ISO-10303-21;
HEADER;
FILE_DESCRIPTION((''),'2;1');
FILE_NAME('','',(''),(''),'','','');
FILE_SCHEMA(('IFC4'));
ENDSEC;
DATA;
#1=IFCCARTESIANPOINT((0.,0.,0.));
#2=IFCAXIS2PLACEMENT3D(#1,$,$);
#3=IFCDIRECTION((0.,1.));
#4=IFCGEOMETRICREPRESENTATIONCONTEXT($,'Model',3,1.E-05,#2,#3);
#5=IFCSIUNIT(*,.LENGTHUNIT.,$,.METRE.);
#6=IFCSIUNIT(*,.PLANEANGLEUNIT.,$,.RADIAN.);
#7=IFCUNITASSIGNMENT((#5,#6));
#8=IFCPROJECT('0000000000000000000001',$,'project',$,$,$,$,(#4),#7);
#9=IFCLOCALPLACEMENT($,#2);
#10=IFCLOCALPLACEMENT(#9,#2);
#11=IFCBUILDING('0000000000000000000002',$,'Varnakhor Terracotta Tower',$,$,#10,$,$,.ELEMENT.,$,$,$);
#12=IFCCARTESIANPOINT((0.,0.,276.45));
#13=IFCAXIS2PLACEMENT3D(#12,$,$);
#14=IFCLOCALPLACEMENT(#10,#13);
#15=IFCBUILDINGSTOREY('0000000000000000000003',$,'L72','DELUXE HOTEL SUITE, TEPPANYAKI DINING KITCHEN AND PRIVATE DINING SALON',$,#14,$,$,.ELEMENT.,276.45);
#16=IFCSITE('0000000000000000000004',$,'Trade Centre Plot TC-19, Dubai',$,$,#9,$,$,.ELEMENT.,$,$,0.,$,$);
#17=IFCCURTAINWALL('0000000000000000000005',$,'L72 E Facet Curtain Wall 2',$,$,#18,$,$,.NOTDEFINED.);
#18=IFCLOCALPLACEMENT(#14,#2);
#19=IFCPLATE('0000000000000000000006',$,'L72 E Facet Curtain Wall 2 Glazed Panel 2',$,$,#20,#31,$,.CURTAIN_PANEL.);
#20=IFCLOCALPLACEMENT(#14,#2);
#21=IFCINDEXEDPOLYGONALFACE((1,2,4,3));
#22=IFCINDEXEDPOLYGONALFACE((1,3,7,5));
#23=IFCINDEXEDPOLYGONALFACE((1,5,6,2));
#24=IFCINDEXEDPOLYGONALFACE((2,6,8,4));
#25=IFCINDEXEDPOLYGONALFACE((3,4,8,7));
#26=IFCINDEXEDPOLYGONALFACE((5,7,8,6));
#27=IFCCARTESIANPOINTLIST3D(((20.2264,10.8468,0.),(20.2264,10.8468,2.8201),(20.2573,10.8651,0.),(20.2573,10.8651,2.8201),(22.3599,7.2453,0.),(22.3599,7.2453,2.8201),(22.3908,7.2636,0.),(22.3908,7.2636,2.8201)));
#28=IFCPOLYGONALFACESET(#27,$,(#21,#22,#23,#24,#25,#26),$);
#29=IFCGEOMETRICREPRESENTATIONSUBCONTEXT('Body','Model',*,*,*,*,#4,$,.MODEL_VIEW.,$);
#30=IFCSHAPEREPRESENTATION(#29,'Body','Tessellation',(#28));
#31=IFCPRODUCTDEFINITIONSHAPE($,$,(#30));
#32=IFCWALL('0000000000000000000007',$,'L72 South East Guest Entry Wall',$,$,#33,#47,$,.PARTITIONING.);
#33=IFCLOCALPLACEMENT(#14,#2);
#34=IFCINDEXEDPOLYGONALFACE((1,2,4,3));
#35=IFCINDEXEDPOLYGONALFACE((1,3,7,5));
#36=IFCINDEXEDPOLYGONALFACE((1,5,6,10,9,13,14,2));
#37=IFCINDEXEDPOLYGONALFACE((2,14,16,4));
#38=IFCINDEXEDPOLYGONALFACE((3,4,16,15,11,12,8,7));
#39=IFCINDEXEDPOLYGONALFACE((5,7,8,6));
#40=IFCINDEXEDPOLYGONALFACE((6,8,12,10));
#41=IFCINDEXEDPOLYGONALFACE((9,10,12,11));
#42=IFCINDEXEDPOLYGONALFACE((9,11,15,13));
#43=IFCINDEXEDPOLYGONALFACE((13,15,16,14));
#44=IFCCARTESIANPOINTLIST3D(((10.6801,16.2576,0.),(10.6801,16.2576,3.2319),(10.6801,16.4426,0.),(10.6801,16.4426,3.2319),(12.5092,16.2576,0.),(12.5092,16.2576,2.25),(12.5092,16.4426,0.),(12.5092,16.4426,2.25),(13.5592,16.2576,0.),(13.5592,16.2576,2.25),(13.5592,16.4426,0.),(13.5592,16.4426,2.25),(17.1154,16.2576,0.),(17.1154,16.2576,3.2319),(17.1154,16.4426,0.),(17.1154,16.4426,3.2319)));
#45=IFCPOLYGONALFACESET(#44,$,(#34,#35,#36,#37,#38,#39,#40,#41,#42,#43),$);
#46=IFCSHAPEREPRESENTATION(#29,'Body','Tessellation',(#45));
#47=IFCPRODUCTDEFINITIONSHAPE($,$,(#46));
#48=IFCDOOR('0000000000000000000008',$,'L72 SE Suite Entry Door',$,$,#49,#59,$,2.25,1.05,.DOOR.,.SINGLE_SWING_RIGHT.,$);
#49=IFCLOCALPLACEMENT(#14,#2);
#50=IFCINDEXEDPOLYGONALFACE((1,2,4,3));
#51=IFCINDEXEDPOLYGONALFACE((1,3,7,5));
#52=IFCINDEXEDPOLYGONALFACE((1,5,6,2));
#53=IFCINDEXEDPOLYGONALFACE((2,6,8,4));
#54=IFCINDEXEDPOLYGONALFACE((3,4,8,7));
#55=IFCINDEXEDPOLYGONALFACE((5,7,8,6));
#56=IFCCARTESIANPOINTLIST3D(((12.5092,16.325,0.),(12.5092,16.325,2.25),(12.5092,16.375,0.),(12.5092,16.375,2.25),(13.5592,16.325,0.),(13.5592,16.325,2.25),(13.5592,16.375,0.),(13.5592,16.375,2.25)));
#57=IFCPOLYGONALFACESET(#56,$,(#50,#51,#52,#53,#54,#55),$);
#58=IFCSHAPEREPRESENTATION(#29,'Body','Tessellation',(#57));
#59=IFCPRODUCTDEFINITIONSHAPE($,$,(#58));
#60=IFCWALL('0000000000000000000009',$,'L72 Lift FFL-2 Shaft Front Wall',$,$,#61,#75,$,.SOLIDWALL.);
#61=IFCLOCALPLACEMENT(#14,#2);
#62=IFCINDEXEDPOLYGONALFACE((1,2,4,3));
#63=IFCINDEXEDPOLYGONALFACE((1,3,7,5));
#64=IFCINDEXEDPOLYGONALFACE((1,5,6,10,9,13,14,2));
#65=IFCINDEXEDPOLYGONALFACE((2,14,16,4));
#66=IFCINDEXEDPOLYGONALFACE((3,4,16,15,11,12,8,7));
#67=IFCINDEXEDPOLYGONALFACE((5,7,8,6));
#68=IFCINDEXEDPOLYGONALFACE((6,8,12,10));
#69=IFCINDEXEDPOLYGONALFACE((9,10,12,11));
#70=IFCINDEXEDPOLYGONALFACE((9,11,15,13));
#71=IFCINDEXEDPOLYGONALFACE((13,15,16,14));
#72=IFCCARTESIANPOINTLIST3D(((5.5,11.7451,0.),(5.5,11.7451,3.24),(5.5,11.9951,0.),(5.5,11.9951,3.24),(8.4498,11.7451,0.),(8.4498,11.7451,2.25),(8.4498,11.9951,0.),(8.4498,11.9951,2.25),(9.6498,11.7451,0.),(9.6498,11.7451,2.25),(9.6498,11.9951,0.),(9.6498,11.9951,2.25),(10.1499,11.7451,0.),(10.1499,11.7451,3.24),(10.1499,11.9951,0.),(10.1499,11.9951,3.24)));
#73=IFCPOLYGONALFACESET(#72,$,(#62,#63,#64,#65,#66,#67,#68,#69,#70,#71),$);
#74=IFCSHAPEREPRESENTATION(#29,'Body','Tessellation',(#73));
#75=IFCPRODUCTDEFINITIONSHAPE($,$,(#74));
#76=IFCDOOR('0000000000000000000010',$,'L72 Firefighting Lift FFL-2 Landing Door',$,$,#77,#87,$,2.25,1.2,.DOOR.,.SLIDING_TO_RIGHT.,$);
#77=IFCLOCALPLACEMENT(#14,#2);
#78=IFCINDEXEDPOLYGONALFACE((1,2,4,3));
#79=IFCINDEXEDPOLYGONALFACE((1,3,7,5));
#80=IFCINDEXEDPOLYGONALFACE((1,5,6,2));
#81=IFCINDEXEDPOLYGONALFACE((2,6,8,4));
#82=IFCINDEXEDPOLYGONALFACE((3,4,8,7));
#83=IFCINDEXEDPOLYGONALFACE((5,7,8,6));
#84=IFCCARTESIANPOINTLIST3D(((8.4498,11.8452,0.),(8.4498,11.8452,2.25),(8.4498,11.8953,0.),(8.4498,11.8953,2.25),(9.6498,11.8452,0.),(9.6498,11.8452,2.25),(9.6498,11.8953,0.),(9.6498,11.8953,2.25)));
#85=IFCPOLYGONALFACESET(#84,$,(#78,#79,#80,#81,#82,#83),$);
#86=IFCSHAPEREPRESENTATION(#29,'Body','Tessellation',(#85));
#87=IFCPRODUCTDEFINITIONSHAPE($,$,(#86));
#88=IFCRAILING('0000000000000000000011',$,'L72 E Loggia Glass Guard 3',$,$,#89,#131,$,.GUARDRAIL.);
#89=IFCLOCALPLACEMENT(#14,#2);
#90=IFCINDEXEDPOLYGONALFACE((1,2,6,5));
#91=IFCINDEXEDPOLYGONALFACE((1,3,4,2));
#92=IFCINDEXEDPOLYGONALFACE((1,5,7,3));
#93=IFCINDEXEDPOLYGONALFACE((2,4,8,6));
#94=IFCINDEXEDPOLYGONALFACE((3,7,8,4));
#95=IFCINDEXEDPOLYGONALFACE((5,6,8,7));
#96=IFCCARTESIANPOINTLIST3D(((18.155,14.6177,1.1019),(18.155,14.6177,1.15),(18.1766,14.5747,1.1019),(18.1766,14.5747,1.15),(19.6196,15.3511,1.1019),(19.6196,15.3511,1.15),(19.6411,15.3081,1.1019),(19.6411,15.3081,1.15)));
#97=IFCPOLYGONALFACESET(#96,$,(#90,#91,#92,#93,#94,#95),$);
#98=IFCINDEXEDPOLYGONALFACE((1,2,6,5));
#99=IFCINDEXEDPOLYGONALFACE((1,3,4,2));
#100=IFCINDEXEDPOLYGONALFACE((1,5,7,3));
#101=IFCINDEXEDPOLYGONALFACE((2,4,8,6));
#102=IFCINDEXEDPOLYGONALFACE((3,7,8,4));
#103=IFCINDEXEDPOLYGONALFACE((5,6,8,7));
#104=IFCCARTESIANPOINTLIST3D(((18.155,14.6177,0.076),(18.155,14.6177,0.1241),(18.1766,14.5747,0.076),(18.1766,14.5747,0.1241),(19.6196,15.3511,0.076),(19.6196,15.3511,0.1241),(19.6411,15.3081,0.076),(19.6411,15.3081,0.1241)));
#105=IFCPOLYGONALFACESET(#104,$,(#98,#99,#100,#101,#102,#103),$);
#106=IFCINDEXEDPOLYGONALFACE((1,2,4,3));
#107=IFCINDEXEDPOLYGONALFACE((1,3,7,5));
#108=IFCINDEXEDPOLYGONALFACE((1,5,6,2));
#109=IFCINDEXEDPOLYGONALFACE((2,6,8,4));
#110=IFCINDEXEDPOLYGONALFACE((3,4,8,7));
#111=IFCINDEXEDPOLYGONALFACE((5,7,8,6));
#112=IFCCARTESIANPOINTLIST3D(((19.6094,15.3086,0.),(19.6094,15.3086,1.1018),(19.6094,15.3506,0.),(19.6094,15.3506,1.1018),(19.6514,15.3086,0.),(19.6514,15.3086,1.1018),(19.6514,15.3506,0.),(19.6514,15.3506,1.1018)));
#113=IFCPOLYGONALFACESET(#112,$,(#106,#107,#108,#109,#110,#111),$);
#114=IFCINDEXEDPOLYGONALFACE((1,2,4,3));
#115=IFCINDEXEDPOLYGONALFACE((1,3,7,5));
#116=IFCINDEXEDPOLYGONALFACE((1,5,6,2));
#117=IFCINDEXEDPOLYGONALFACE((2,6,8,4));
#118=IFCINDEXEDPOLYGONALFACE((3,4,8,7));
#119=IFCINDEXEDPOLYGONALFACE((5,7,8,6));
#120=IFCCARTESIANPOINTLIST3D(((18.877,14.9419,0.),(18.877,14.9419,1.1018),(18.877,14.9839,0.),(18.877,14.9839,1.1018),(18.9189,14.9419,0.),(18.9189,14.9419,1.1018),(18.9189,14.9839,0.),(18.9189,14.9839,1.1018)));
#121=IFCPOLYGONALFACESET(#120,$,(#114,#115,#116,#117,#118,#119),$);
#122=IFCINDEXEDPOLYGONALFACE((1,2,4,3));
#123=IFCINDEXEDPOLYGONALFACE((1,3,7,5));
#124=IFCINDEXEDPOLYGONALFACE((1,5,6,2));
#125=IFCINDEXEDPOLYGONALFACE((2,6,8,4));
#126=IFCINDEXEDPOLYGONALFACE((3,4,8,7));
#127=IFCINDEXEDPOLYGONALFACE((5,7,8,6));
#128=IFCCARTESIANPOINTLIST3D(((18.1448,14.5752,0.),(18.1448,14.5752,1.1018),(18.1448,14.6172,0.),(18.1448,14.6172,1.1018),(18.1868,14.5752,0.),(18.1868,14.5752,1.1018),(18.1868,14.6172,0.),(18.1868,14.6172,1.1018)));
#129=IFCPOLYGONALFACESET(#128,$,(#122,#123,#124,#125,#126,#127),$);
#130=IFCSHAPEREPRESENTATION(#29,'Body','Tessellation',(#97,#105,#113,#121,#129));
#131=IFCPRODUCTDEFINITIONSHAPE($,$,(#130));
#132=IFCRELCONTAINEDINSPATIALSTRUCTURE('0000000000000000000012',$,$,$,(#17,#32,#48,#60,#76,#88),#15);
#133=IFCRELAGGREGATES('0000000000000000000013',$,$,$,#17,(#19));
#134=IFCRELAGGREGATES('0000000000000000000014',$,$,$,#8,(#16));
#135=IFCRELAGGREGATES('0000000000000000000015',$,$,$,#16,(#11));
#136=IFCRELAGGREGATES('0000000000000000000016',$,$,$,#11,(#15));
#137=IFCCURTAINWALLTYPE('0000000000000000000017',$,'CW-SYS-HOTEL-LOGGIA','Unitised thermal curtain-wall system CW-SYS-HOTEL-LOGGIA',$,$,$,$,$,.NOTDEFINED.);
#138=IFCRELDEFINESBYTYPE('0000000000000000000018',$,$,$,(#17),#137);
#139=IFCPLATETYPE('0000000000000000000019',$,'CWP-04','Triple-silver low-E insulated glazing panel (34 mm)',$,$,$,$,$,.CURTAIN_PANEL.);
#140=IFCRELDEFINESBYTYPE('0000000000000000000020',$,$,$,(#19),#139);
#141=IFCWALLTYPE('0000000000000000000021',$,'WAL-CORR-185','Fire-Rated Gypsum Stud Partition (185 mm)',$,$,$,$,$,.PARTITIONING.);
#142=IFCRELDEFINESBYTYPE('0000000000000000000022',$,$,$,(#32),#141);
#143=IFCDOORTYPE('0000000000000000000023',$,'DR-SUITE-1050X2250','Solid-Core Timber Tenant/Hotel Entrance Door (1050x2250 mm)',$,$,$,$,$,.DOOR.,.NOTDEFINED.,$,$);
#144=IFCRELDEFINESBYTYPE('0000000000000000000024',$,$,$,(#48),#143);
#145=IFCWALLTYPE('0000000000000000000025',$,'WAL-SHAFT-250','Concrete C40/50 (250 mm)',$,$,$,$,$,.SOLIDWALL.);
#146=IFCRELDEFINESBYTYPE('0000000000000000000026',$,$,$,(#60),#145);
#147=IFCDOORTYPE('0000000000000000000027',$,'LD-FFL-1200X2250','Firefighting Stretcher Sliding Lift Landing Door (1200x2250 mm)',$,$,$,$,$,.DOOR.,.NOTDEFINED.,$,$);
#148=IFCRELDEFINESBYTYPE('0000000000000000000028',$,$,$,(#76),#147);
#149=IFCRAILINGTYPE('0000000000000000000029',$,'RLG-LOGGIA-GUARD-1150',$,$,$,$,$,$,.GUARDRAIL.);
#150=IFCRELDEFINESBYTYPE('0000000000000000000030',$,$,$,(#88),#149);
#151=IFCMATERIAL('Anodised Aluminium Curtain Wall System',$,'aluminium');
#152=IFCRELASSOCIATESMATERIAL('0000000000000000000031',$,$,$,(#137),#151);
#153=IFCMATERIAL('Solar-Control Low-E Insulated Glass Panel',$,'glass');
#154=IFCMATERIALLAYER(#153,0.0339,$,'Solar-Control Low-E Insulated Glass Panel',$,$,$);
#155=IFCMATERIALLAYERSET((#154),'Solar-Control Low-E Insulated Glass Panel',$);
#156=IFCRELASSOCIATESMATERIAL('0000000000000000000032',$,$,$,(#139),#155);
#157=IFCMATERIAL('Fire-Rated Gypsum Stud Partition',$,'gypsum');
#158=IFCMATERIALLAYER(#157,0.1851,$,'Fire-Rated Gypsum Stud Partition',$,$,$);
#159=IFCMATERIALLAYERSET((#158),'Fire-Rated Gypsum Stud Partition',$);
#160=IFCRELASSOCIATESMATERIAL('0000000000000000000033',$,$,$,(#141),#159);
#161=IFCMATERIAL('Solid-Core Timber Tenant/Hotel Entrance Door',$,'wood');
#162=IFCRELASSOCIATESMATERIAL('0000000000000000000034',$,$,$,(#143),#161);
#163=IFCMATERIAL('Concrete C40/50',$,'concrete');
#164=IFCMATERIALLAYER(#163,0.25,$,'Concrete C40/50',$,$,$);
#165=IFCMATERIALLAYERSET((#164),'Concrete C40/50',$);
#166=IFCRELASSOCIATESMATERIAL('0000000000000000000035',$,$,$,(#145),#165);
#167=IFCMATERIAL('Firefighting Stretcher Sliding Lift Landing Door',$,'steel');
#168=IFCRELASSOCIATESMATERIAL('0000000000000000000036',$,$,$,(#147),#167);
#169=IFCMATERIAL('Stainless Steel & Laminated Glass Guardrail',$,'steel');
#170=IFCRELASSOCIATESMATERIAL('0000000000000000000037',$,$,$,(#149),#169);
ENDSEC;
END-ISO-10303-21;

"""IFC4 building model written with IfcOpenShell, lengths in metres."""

from ifc_helpers import new_model, si_unit, direction, frame, frame_2d, origin, origin_2d, place, context, subcontext, project, spatial, rectangle, extrude, source, transform, mapped, material, layer, layer_set, type_object, type_shapes, element, fill, aggregate, save


model = new_model("IFC4")

# Units and contexts
model_context = context("Model", 3, precision=1e-05, world=origin(), true_north=direction((0.0, 1.0)))
body_context = subcontext(model_context, "Body", "Model", "MODEL_VIEW")
ifc_project = project(units=[si_unit("LENGTHUNIT", "METRE"), si_unit("PLANEANGLEUNIT", "RADIAN")], contexts=[model_context])

# Site, building, storey
site_placement = place(None, origin())
site = spatial("IfcSite", under=ifc_project, at=site_placement, Name="Trade Centre Plot TC-19, Dubai", CompositionType="ELEMENT", RefElevation=0.0)
building_placement = place(site_placement, origin())
building = spatial("IfcBuilding", under=site, at=building_placement, Name="Varnakhor Terracotta Tower", CompositionType="ELEMENT")
storey_placement = place(building_placement, frame((0.0, 0.0, 276.45)))
storey = spatial("IfcBuildingStorey", under=building, at=storey_placement, Name="L72", Description="DELUXE HOTEL SUITE, TEPPANYAKI DINING KITCHEN AND PRIVATE DINING SALON", CompositionType="ELEMENT", Elevation=276.45)

# Curtain wall
ifc_material_1 = material(Name="Anodised Aluminium Curtain Wall System", Category="aluminium")
curtain_wall_type = type_object("IfcCurtainWallType", Name="CW-SYS-HOTEL-LOGGIA", Description="Unitised thermal curtain-wall system CW-SYS-HOTEL-LOGGIA", PredefinedType="NOTDEFINED", material=ifc_material_1)
curtain_wall_placement = place(storey_placement, origin())
curtain_wall = element("IfcCurtainWall", 1, at=curtain_wall_placement, inside=storey, type_object=curtain_wall_type, Name="L72 E Facet Curtain Wall 2", PredefinedType="NOTDEFINED")

# Plate
ifc_material_2 = material(Name="Solar-Control Low-E Insulated Glass Panel", Category="glass")
ifc_layer_1 = layer(ifc_material_2, 0.0339, Name="Solar-Control Low-E Insulated Glass Panel")
ifc_layer_set_1 = layer_set([ifc_layer_1], Name="Solar-Control Low-E Insulated Glass Panel")
plate_type = type_object("IfcPlateType", Name="CWP-04", Description="Triple-silver low-E insulated glazing panel (34 mm)", PredefinedType="CURTAIN_PANEL", material=ifc_layer_set_1)
shared_shape_1 = source(origin(), body_context, "Body", "SweptSolid", [
    extrude(rectangle(XDim=4.186, YDim=0.0359, at=origin_2d()), origin(), (0.0, 0.0, 1.0), 2.8201),
])
plate_1_placement = place(storey_placement, frame((21.3086, 9.0552, 0.0), z_axis=(0.0, 0.0, 1.0), x_axis=(0.509672, -0.860369, 0.0)))
plate_1 = element("IfcPlate", 2, at=plate_1_placement, type_object=plate_type, Name="L72 E Facet Curtain Wall 2 Glazed Panel 2", PredefinedType="CURTAIN_PANEL", context=body_context, shape_type="MappedRepresentation", body=[
    mapped(shared_shape_1, transform((0.0, 0.0, 0.0), scale=1.0)),
])
aggregate(curtain_wall, [plate_1])

# Walls, openings, doors
ifc_material_3 = material(Name="Fire-Rated Gypsum Stud Partition", Category="gypsum")
ifc_layer_2 = layer(ifc_material_3, 0.1851, Name="Fire-Rated Gypsum Stud Partition")
ifc_layer_set_2 = layer_set([ifc_layer_2], Name="Fire-Rated Gypsum Stud Partition")
wall_type_1 = type_object("IfcWallType", Name="WAL-CORR-185", Description="Fire-Rated Gypsum Stud Partition (185 mm)", PredefinedType="PARTITIONING", material=ifc_layer_set_2)
wall_1_placement = place(storey_placement, frame((10.6799, 16.3501, 0.0), z_axis=(0.0, 0.0, 1.0), x_axis=(1.0, 0.0, 0.0)))
wall_1 = element("IfcWall", 3, at=wall_1_placement, inside=storey, type_object=wall_type_1, Name="L72 South East Guest Entry Wall", PredefinedType="PARTITIONING", context=body_context, shape_type="SweptSolid", body=[
    extrude(rectangle(XDim=6.4353, YDim=0.1851, at=frame_2d((3.2178, 0.0))), origin(), (0.0, 0.0, 1.0), 3.2319),
])
opening_1_placement = place(wall_1_placement, frame((1.8293, 0.0, 0.0)))
opening_1 = element("IfcOpeningElement", 4, at=opening_1_placement, cuts=wall_1, PredefinedType="OPENING", context=body_context, shape_type="SweptSolid", body=[
    extrude(rectangle(XDim=1.05, YDim=2.25, at=frame_2d((0.5249, 1.125))), frame((0.0, 0.1025, 0.0), z_axis=(0.0, -1.0, 0.0), x_axis=(1.0, 0.0, 0.0)), (0.0, 0.0, 1.0), 0.2051),
])
ifc_material_4 = material(Name="Solid-Core Timber Tenant/Hotel Entrance Door", Category="wood")
door_type_1 = type_object("IfcDoorType", Name="DR-SUITE-1050X2250", Description="Solid-Core Timber Tenant/Hotel Entrance Door (1050x2250 mm)", OperationType="NOTDEFINED", PredefinedType="DOOR", material=ifc_material_4)
shared_shape_2 = source(origin(), body_context, "Body", "SweptSolid", [
    extrude(rectangle(XDim=1.05, YDim=2.25, at=frame_2d((0.5249, 1.125))), frame((0.0, 0.0249, 0.0), z_axis=(0.0, -1.0, 0.0), x_axis=(1.0, 0.0, 0.0)), (0.0, 0.0, 1.0), 0.05),
])
type_shapes(door_type_1, [shared_shape_2])
door_1_placement = place(opening_1_placement, origin())
door_1 = element("IfcDoor", 5, at=door_1_placement, inside=storey, type_object=door_type_1, Name="L72 SE Suite Entry Door", OperationType="SINGLE_SWING_RIGHT", OverallHeight=2.25, OverallWidth=1.05, PredefinedType="DOOR", context=body_context, shape_type="MappedRepresentation", body=[
    mapped(shared_shape_2, transform((0.0, 0.0, 0.0), scale=1.0)),
])
fill(opening_1, door_1)
ifc_material_5 = material(Name="Concrete C40/50", Category="concrete")
ifc_layer_3 = layer(ifc_material_5, 0.25, Name="Concrete C40/50")
ifc_layer_set_3 = layer_set([ifc_layer_3], Name="Concrete C40/50")
wall_type_2 = type_object("IfcWallType", Name="WAL-SHAFT-250", Description="Concrete C40/50 (250 mm)", PredefinedType="SOLIDWALL", material=ifc_layer_set_3)
wall_2_placement = place(storey_placement, frame((10.1499, 11.8701, 0.0), z_axis=(0.0, 0.0, 1.0), x_axis=(-1.0, 0.0, 0.0)))
wall_2 = element("IfcWall", 6, at=wall_2_placement, inside=storey, type_object=wall_type_2, Name="L72 Lift FFL-2 Shaft Front Wall", PredefinedType="SOLIDWALL", context=body_context, shape_type="SweptSolid", body=[
    extrude(rectangle(XDim=4.6499, YDim=0.25, at=frame_2d((2.325, 0.0))), origin(), (0.0, 0.0, 1.0), 3.24),
])
opening_2_placement = place(wall_2_placement, frame((0.5, 0.0, 0.0)))
opening_2 = element("IfcOpeningElement", 7, at=opening_2_placement, cuts=wall_2, PredefinedType="OPENING", context=body_context, shape_type="SweptSolid", body=[
    extrude(rectangle(XDim=1.2, YDim=2.25, at=frame_2d((0.6001, 1.125))), frame((0.0, 0.135, 0.0), z_axis=(0.0, -1.0, 0.0), x_axis=(1.0, 0.0, 0.0)), (0.0, 0.0, 1.0), 0.27),
])
ifc_material_6 = material(Name="Firefighting Stretcher Sliding Lift Landing Door", Category="steel")
door_type_2 = type_object("IfcDoorType", Name="LD-FFL-1200X2250", Description="Firefighting Stretcher Sliding Lift Landing Door (1200x2250 mm)", OperationType="NOTDEFINED", PredefinedType="DOOR", material=ifc_material_6)
shared_shape_3 = source(origin(), body_context, "Body", "SweptSolid", [
    extrude(rectangle(XDim=1.2, YDim=2.25, at=frame_2d((0.6001, 1.125))), frame((0.0, 0.0249, 0.0), z_axis=(0.0, -1.0, 0.0), x_axis=(1.0, 0.0, 0.0)), (0.0, 0.0, 1.0), 0.05),
])
type_shapes(door_type_2, [shared_shape_3])
door_2_placement = place(opening_2_placement, origin())
door_2 = element("IfcDoor", 8, at=door_2_placement, inside=storey, type_object=door_type_2, Name="L72 Firefighting Lift FFL-2 Landing Door", OperationType="SLIDING_TO_RIGHT", OverallHeight=2.25, OverallWidth=1.2, PredefinedType="DOOR", context=body_context, shape_type="MappedRepresentation", body=[
    mapped(shared_shape_3, transform((0.0, 0.0, 0.0), scale=1.0)),
])
fill(opening_2, door_2)

# Railing
ifc_material_7 = material(Name="Stainless Steel & Laminated Glass Guardrail", Category="steel")
railing_type = type_object("IfcRailingType", Name="RLG-LOGGIA-GUARD-1150", PredefinedType="GUARDRAIL", material=ifc_material_7)
railing_placement = place(storey_placement, frame((19.6304, 15.3296, 0.0)))
element("IfcRailing", 9, at=railing_placement, inside=storey, type_object=railing_type, Name="L72 E Loggia Glass Guard 3", PredefinedType="GUARDRAIL", context=body_context, shape_type="SweptSolid", body=[
    extrude(rectangle(XDim=0.0481, YDim=0.0481, at=origin_2d()), frame((0.0, 0.0, 1.126), z_axis=(-0.894159, -0.44775, 0.0), x_axis=(0.44775, -0.894159, 0.0)), (0.0, 0.0, 1.0), 1.6379),
    extrude(rectangle(XDim=0.0481, YDim=0.0481, at=origin_2d()), frame((0.0, 0.0, 0.1001), z_axis=(-0.894159, -0.44775, 0.0), x_axis=(0.44775, -0.894159, 0.0)), (0.0, 0.0, 1.0), 1.6379),
    extrude(rectangle(XDim=0.042, YDim=0.042, at=origin_2d()), origin(), (0.0, 0.0, 1.0), 1.1018),
    extrude(rectangle(XDim=0.042, YDim=0.042, at=origin_2d()), frame((-0.7324, -0.3667, 0.0)), (0.0, 0.0, 1.0), 1.1018),
    extrude(rectangle(XDim=0.042, YDim=0.042, at=origin_2d()), frame((-1.4646, -0.7334, 0.0)), (0.0, 0.0, 1.0), 1.1018),
])

save(model, "model.ifc")
